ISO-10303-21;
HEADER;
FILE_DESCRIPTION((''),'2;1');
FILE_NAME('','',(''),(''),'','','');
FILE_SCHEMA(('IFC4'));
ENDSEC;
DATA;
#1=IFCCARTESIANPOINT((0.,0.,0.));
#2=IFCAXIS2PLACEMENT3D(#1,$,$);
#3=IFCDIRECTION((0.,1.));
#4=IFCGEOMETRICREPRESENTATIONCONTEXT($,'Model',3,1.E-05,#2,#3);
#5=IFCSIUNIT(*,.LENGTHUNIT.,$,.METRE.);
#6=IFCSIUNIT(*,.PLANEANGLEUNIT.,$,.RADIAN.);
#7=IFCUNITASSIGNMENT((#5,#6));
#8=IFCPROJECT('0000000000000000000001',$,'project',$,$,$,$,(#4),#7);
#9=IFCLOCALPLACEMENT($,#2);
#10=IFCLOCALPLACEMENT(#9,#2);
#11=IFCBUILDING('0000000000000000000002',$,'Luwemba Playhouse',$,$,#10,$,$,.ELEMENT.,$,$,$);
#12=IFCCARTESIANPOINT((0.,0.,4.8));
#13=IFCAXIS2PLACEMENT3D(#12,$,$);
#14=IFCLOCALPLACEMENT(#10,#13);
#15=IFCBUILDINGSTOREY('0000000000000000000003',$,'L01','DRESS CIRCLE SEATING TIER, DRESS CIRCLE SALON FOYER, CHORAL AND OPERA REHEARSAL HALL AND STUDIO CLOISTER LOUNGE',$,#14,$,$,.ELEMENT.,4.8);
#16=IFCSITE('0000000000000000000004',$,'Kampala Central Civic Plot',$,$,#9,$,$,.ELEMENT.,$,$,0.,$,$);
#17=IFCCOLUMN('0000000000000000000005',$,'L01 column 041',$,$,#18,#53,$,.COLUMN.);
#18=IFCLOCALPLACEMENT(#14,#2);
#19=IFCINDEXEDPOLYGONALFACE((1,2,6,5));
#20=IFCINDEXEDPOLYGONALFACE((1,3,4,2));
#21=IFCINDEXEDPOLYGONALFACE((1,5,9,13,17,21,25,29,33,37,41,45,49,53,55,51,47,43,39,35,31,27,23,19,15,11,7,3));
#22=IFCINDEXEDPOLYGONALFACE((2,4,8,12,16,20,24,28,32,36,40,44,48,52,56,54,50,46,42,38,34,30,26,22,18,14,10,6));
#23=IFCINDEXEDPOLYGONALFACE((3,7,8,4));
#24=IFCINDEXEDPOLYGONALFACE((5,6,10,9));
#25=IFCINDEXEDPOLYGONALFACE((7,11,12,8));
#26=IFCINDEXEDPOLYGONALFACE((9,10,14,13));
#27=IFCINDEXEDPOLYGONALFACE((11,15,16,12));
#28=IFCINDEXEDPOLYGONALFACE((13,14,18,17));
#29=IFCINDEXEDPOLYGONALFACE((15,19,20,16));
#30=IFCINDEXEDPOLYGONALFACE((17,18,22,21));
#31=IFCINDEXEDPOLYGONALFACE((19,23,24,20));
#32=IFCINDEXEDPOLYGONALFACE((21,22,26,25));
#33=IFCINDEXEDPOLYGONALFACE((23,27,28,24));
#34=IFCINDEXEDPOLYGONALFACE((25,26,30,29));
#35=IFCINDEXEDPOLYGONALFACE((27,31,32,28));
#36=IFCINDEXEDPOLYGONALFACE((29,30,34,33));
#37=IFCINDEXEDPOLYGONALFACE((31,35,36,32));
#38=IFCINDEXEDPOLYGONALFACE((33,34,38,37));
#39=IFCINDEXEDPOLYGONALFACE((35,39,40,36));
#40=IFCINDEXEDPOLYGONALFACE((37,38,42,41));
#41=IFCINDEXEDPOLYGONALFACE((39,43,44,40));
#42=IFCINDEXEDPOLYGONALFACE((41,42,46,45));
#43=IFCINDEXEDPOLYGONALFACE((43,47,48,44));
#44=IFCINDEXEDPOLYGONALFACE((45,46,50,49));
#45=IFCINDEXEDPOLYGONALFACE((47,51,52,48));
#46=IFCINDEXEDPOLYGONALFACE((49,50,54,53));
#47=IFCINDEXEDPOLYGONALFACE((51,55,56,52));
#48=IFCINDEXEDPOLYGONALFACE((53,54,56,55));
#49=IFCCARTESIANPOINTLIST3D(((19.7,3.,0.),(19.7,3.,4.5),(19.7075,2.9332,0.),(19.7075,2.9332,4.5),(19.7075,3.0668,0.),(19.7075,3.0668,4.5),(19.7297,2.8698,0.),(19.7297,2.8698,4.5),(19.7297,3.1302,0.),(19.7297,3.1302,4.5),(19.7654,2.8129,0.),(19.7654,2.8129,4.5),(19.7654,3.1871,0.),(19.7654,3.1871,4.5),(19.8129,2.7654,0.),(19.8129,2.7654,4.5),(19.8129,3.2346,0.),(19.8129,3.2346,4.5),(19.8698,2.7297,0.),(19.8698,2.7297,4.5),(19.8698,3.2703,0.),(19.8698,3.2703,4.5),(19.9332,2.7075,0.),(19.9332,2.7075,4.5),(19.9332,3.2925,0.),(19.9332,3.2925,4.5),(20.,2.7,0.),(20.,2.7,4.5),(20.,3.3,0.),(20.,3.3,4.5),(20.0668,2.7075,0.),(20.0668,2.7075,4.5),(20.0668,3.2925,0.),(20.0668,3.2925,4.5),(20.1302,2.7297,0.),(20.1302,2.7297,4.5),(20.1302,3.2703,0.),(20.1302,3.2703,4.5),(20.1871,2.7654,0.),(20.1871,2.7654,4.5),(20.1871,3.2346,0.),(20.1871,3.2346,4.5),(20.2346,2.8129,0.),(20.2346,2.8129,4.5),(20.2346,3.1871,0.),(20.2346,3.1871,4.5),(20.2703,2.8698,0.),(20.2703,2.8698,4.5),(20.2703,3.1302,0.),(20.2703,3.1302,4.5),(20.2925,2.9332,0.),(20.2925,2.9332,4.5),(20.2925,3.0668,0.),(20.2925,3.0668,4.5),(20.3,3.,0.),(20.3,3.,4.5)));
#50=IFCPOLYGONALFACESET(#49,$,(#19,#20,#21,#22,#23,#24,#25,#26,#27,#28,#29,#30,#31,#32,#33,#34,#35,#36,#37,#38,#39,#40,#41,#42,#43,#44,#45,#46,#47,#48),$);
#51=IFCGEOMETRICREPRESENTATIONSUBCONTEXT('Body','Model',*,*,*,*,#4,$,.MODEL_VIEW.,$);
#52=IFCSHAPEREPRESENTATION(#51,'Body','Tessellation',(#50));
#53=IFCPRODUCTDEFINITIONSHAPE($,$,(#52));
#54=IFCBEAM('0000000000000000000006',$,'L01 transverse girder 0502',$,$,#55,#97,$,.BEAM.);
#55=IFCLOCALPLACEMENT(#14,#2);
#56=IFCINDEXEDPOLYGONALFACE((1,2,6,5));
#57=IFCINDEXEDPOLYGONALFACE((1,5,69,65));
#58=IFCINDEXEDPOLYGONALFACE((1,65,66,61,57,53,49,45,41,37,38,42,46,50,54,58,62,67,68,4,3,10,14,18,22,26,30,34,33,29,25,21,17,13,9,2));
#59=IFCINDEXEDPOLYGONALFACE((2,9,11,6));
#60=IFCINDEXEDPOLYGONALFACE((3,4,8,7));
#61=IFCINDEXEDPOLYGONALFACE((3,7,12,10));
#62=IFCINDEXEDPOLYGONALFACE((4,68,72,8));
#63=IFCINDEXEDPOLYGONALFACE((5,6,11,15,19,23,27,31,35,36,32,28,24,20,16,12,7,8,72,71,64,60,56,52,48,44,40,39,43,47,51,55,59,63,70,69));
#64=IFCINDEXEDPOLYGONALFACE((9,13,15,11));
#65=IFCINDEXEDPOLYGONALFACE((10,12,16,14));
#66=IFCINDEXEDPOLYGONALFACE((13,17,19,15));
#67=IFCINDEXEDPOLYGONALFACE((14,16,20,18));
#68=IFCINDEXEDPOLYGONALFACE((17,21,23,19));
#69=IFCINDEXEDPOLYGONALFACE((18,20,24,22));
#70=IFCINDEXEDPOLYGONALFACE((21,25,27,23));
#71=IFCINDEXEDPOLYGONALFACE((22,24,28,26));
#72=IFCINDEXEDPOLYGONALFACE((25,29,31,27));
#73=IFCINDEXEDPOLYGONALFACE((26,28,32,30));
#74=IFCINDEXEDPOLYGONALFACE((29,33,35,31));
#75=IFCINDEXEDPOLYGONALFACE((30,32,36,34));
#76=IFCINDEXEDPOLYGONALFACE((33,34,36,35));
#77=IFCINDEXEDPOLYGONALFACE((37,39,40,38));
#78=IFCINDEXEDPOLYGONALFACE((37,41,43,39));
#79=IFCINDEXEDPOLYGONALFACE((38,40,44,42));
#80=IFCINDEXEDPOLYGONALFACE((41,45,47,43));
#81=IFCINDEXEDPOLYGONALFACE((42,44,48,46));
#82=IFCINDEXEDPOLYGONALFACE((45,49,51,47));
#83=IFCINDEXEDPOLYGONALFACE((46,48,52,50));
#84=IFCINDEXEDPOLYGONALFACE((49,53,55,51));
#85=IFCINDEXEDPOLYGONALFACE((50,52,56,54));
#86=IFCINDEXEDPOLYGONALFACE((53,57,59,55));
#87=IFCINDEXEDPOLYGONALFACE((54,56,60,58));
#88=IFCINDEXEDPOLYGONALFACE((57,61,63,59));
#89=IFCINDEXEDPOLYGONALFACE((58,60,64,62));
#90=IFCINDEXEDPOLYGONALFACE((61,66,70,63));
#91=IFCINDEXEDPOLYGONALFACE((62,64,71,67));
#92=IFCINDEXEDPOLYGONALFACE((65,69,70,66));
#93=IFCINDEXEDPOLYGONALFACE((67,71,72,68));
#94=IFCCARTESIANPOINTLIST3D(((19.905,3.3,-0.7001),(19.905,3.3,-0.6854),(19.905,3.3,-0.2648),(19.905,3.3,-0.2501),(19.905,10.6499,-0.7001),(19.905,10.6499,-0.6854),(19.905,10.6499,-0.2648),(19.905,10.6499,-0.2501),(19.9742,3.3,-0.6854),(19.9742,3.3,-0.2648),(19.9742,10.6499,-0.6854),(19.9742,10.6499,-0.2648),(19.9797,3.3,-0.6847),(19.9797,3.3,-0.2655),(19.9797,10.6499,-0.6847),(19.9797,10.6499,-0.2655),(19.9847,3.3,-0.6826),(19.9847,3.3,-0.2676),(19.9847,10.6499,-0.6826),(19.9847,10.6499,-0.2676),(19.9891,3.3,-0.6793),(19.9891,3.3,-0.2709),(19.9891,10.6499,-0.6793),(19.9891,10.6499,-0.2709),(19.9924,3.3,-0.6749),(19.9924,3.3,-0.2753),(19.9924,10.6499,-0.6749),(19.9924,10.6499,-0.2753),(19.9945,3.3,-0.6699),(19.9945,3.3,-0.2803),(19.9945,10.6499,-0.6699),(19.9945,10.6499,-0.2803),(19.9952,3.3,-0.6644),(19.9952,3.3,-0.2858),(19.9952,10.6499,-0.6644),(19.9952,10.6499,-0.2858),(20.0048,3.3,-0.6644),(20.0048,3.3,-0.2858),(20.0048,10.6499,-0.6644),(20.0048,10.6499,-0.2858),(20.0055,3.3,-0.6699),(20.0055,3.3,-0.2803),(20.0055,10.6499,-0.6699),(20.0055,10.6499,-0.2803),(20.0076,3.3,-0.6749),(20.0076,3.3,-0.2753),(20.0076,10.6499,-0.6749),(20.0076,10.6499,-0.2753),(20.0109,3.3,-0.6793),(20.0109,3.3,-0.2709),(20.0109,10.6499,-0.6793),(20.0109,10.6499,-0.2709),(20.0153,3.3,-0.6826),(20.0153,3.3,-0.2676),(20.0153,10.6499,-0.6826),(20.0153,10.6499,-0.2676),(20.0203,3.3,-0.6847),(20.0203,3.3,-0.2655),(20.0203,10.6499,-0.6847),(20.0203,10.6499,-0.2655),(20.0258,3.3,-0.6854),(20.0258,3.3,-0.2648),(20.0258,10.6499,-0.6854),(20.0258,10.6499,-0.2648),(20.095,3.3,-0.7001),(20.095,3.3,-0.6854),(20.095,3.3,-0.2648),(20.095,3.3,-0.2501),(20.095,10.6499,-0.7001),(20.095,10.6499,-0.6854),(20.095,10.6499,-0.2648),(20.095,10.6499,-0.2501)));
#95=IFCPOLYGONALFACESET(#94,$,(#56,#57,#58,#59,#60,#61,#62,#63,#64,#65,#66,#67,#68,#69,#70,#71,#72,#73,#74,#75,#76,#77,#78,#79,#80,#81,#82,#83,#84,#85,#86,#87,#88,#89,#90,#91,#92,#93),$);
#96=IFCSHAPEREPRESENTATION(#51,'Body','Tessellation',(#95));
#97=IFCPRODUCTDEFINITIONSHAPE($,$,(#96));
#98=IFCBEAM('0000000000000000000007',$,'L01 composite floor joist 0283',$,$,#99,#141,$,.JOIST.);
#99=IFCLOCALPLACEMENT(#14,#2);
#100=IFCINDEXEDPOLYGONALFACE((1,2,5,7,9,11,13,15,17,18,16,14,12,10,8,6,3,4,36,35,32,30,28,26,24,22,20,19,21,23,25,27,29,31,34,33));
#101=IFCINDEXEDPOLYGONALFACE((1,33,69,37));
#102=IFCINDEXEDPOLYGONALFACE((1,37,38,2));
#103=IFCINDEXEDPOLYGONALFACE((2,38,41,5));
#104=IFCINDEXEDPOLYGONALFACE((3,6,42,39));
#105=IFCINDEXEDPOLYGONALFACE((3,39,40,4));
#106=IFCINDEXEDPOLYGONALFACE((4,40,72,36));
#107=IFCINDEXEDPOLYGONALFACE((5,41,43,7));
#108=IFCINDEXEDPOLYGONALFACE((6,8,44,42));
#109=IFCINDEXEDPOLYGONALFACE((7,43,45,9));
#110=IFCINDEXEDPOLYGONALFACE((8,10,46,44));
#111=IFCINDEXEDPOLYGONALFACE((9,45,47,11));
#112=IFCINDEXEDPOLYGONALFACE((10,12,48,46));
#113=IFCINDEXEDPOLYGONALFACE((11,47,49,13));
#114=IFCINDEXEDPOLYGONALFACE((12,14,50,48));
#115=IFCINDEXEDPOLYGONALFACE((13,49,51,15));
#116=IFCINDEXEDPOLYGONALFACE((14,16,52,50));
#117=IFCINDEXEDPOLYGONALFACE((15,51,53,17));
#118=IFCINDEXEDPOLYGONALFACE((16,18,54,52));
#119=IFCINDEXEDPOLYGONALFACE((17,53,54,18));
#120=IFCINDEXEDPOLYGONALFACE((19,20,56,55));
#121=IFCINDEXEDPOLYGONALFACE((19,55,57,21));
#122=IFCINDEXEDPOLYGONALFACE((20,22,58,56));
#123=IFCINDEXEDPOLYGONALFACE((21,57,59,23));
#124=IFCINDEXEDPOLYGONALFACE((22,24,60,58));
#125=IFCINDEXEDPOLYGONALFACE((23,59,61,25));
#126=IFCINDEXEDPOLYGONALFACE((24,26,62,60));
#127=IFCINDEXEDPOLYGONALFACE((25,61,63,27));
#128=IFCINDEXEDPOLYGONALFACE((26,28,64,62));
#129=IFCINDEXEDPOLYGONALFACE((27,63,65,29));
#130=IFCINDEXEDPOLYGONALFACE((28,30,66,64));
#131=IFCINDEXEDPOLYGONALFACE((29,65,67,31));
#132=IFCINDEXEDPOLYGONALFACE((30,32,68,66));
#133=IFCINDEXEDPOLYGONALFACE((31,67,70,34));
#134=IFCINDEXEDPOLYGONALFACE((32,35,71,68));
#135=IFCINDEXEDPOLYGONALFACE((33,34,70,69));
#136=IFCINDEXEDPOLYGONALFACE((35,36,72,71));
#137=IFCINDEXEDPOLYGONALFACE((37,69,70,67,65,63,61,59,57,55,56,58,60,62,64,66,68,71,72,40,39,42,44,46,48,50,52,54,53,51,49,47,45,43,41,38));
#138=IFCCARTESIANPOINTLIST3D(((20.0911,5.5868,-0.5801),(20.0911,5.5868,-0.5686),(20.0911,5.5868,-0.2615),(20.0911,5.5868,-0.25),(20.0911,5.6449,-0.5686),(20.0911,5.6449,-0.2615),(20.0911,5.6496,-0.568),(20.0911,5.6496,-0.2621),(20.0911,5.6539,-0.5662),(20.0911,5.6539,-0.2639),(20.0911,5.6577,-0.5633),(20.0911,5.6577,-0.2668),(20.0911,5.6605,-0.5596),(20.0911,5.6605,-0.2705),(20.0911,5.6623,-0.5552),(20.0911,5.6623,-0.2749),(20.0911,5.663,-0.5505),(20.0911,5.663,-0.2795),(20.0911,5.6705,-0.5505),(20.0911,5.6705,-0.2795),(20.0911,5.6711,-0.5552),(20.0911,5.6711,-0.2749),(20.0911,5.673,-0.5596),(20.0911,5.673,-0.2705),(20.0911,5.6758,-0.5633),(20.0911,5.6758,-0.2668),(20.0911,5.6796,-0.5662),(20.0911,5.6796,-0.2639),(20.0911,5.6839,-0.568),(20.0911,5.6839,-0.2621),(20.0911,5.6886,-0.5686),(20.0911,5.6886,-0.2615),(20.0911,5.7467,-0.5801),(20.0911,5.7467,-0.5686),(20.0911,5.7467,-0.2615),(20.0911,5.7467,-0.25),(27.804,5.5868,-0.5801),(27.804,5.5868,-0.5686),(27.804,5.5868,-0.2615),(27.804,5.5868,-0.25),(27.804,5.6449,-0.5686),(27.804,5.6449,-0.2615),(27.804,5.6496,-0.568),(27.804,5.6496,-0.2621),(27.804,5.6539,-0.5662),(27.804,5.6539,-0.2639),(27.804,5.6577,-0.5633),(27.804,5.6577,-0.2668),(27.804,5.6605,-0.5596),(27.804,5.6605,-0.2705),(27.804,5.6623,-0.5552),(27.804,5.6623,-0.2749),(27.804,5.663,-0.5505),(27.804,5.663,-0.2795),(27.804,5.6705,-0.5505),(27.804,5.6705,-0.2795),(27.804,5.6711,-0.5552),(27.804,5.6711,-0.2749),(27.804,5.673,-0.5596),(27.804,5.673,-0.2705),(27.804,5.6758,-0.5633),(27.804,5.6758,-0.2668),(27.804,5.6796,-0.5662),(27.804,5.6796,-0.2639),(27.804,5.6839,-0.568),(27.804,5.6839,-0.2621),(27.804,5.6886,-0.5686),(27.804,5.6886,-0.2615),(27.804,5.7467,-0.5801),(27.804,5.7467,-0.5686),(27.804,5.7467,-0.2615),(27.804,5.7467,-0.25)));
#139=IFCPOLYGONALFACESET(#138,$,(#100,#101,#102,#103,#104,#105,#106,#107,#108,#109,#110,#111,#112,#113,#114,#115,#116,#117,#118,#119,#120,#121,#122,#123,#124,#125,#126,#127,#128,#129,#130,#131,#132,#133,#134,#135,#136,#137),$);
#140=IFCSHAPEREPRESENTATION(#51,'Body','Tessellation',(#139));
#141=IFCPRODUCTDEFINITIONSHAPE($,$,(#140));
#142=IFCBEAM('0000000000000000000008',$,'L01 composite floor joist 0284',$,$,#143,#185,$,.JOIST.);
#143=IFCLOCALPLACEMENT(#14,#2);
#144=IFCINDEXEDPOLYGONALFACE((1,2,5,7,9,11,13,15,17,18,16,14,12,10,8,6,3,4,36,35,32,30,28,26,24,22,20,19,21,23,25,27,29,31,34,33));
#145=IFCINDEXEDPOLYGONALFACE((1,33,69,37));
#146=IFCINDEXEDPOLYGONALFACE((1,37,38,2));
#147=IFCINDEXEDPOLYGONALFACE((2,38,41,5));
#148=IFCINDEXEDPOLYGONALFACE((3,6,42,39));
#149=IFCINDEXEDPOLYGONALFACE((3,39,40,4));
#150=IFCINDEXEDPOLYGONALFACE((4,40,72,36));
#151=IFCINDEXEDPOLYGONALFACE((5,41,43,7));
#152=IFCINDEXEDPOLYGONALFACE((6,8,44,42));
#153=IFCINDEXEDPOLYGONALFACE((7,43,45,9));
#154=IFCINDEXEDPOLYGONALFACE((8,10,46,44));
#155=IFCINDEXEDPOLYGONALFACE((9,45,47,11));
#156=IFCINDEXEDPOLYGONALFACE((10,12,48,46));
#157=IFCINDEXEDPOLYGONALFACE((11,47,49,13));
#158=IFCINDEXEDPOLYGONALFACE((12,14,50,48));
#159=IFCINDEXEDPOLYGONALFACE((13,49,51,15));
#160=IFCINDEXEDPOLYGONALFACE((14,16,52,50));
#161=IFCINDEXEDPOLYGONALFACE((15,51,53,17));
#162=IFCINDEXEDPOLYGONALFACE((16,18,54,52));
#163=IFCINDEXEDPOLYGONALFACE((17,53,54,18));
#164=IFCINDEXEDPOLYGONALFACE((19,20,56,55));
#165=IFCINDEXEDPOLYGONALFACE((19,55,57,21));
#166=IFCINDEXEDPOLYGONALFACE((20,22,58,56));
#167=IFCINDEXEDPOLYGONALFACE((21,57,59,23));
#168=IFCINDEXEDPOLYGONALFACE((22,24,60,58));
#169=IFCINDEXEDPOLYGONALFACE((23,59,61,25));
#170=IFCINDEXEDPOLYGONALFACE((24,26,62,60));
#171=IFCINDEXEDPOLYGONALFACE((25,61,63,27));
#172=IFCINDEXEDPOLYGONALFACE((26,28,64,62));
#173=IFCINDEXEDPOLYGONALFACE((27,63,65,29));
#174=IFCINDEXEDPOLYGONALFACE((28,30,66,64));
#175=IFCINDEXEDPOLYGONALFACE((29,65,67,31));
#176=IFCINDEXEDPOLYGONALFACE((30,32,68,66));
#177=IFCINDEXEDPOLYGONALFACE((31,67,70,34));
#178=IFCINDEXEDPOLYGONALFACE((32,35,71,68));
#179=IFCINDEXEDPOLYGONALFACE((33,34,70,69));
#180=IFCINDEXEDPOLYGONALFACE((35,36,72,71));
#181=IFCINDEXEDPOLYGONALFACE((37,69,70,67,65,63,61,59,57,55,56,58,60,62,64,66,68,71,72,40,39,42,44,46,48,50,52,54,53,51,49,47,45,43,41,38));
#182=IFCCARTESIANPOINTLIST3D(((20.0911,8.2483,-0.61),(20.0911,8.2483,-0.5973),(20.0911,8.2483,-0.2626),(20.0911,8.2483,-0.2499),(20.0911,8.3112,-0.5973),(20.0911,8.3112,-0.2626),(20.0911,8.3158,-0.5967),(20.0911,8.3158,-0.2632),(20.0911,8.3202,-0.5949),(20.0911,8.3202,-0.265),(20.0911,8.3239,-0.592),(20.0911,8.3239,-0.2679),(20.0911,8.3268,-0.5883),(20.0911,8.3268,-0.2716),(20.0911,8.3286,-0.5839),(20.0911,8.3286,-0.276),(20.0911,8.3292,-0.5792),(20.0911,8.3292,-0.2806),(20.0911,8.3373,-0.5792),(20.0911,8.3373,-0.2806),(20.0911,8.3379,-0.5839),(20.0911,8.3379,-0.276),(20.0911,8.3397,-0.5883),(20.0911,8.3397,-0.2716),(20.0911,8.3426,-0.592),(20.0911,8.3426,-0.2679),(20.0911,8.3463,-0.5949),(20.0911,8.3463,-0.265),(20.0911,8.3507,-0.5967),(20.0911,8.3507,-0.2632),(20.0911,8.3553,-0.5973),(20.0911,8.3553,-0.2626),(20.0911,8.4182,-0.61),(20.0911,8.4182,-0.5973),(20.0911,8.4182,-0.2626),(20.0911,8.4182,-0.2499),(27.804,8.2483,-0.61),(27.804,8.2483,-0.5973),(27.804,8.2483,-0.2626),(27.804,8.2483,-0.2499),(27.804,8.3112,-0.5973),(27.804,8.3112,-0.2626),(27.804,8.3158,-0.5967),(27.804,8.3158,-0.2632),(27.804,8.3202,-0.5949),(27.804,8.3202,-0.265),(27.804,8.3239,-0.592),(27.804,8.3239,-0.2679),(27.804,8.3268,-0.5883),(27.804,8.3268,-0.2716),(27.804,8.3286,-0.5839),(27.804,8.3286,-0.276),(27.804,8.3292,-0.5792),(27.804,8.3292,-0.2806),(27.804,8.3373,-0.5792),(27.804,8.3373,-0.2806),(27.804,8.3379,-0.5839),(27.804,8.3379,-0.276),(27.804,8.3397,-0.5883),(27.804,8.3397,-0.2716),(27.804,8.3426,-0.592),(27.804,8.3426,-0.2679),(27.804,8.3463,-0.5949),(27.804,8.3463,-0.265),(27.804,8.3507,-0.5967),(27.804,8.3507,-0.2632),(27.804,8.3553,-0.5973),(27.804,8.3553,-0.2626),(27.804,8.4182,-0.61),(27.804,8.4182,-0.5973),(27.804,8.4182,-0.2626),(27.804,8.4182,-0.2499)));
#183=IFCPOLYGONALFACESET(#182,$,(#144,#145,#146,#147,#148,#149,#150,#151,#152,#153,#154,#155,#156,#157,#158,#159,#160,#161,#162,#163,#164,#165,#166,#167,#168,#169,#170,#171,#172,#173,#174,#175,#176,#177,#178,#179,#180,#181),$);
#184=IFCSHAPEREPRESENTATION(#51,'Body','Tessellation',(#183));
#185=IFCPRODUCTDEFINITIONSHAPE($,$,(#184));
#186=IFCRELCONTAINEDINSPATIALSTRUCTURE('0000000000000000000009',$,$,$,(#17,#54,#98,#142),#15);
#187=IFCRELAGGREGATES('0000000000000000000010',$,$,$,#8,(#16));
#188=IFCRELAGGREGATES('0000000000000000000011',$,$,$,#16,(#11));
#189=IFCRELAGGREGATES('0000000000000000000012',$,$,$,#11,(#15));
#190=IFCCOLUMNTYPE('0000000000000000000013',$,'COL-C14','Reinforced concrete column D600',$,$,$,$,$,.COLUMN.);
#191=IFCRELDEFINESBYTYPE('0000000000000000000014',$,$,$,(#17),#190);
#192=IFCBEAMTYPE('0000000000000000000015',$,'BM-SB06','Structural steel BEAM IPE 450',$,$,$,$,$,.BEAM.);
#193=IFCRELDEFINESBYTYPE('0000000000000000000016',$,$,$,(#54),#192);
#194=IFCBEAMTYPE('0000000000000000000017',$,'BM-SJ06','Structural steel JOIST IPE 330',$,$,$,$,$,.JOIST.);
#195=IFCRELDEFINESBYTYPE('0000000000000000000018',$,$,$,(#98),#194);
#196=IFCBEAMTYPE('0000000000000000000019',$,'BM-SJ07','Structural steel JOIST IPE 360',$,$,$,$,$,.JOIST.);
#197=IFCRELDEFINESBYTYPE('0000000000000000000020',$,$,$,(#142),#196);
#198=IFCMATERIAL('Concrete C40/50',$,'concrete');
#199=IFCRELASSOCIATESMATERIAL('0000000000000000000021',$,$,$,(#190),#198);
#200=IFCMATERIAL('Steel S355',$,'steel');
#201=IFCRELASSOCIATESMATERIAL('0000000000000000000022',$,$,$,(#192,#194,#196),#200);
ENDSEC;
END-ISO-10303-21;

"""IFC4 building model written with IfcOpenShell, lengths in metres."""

from ifc_helpers import new_model, si_unit, direction, frame, origin, origin_2d, place, context, subcontext, project, spatial, circle, i_section, extrude, material, material_profile, profile_set, type_object, element, save


model = new_model("IFC4")

# Units and contexts
model_context = context("Model", 3, precision=1e-05, world=origin(), true_north=direction((0.0, 1.0)))
body_context = subcontext(model_context, "Body", "Model", "MODEL_VIEW")
ifc_project = project(units=[si_unit("LENGTHUNIT", "METRE"), si_unit("PLANEANGLEUNIT", "RADIAN")], contexts=[model_context])

# Site, building, storey
site_placement = place(None, origin())
site = spatial("IfcSite", under=ifc_project, at=site_placement, Name="Kampala Central Civic Plot", CompositionType="ELEMENT", RefElevation=0.0)
building_placement = place(site_placement, origin())
building = spatial("IfcBuilding", under=site, at=building_placement, Name="Luwemba Playhouse", CompositionType="ELEMENT")
storey_placement = place(building_placement, frame((0.0, 0.0, 4.8)))
storey = spatial("IfcBuildingStorey", under=building, at=storey_placement, Name="L01", Description="DRESS CIRCLE SEATING TIER, DRESS CIRCLE SALON FOYER, CHORAL AND OPERA REHEARSAL HALL AND STUDIO CLOISTER LOUNGE", CompositionType="ELEMENT", Elevation=4.8)

# Column
ifc_material_1 = material(Name="Concrete C40/50", Category="concrete")
ifc_material_profile_1 = material_profile(ifc_material_1, circle(Radius=0.3, at=origin_2d()))
ifc_profile_set_1 = profile_set([ifc_material_profile_1], Name="Concrete C40/50")
column_type = type_object("IfcColumnType", Name="COL-C14", Description="Reinforced concrete column D600", PredefinedType="COLUMN", material=ifc_profile_set_1)
column_placement = place(storey_placement, frame((20.0, 3.0, 0.0), z_axis=(0.0, 0.0, 1.0), x_axis=(1.0, 0.0, 0.0)))
element("IfcColumn", 1, at=column_placement, inside=storey, type_object=column_type, Name="L01 column 041", PredefinedType="COLUMN", context=body_context, shape_type="SweptSolid", body=[
    extrude(circle(Radius=0.3, at=origin_2d()), origin(), (0.0, 0.0, 1.0), 4.5),
])

# Beams
ifc_material_2 = material(Name="Steel S355", Category="steel")
ifc_material_profile_2 = material_profile(ifc_material_2, i_section(OverallWidth=0.1899, OverallDepth=0.45, WebThickness=0.0095, FlangeThickness=0.0146, FilletRadius=0.021, at=origin_2d()))
ifc_profile_set_2 = profile_set([ifc_material_profile_2], Name="Steel S355")
beam_type_1 = type_object("IfcBeamType", Name="BM-SB06", Description="Structural steel BEAM IPE 450", PredefinedType="BEAM", material=ifc_profile_set_2)
beam_1_placement = place(storey_placement, frame((20.0, 3.3, -0.4751), z_axis=(0.0, 1.0, 0.0), x_axis=(-1.0, 0.0, 0.0)))
element("IfcBeam", 2, at=beam_1_placement, inside=storey, type_object=beam_type_1, Name="L01 transverse girder 0502", PredefinedType="BEAM", context=body_context, shape_type="SweptSolid", body=[
    extrude(i_section(OverallWidth=0.1899, OverallDepth=0.45, WebThickness=0.0095, FlangeThickness=0.0146, FilletRadius=0.021, at=origin_2d()), origin(), (0.0, 0.0, 1.0), 7.3499),
])
ifc_material_profile_3 = material_profile(ifc_material_2, i_section(OverallWidth=0.1599, OverallDepth=0.3301, WebThickness=0.0076, FlangeThickness=0.0115, FilletRadius=0.0181, at=origin_2d()))
ifc_profile_set_3 = profile_set([ifc_material_profile_3], Name="Steel S355")
beam_type_2 = type_object("IfcBeamType", Name="BM-SJ06", Description="Structural steel JOIST IPE 330", PredefinedType="JOIST", material=ifc_profile_set_3)
beam_2_placement = place(storey_placement, frame((20.0911, 5.6667, -0.415), z_axis=(1.0, 0.0, 0.0), x_axis=(0.0, 1.0, 0.0)))
element("IfcBeam", 3, at=beam_2_placement, inside=storey, type_object=beam_type_2, Name="L01 composite floor joist 0283", PredefinedType="JOIST", context=body_context, shape_type="SweptSolid", body=[
    extrude(i_section(OverallWidth=0.1599, OverallDepth=0.3301, WebThickness=0.0076, FlangeThickness=0.0115, FilletRadius=0.0181, at=origin_2d()), origin(), (0.0, 0.0, 1.0), 7.7129),
])
ifc_material_profile_4 = material_profile(ifc_material_2, i_section(OverallWidth=0.1699, OverallDepth=0.3601, WebThickness=0.0081, FlangeThickness=0.0127, FilletRadius=0.0181, at=origin_2d()))
ifc_profile_set_4 = profile_set([ifc_material_profile_4], Name="Steel S355")
beam_type_3 = type_object("IfcBeamType", Name="BM-SJ07", Description="Structural steel JOIST IPE 360", PredefinedType="JOIST", material=ifc_profile_set_4)
beam_3_placement = place(storey_placement, frame((20.0911, 8.3333, -0.4299), z_axis=(1.0, 0.0, 0.0), x_axis=(0.0, 1.0, 0.0)))
element("IfcBeam", 4, at=beam_3_placement, inside=storey, type_object=beam_type_3, Name="L01 composite floor joist 0284", PredefinedType="JOIST", context=body_context, shape_type="SweptSolid", body=[
    extrude(i_section(OverallWidth=0.1699, OverallDepth=0.3601, WebThickness=0.0081, FlangeThickness=0.0127, FilletRadius=0.0181, at=origin_2d()), origin(), (0.0, 0.0, 1.0), 7.7129),
])

save(model, "model.ifc")
